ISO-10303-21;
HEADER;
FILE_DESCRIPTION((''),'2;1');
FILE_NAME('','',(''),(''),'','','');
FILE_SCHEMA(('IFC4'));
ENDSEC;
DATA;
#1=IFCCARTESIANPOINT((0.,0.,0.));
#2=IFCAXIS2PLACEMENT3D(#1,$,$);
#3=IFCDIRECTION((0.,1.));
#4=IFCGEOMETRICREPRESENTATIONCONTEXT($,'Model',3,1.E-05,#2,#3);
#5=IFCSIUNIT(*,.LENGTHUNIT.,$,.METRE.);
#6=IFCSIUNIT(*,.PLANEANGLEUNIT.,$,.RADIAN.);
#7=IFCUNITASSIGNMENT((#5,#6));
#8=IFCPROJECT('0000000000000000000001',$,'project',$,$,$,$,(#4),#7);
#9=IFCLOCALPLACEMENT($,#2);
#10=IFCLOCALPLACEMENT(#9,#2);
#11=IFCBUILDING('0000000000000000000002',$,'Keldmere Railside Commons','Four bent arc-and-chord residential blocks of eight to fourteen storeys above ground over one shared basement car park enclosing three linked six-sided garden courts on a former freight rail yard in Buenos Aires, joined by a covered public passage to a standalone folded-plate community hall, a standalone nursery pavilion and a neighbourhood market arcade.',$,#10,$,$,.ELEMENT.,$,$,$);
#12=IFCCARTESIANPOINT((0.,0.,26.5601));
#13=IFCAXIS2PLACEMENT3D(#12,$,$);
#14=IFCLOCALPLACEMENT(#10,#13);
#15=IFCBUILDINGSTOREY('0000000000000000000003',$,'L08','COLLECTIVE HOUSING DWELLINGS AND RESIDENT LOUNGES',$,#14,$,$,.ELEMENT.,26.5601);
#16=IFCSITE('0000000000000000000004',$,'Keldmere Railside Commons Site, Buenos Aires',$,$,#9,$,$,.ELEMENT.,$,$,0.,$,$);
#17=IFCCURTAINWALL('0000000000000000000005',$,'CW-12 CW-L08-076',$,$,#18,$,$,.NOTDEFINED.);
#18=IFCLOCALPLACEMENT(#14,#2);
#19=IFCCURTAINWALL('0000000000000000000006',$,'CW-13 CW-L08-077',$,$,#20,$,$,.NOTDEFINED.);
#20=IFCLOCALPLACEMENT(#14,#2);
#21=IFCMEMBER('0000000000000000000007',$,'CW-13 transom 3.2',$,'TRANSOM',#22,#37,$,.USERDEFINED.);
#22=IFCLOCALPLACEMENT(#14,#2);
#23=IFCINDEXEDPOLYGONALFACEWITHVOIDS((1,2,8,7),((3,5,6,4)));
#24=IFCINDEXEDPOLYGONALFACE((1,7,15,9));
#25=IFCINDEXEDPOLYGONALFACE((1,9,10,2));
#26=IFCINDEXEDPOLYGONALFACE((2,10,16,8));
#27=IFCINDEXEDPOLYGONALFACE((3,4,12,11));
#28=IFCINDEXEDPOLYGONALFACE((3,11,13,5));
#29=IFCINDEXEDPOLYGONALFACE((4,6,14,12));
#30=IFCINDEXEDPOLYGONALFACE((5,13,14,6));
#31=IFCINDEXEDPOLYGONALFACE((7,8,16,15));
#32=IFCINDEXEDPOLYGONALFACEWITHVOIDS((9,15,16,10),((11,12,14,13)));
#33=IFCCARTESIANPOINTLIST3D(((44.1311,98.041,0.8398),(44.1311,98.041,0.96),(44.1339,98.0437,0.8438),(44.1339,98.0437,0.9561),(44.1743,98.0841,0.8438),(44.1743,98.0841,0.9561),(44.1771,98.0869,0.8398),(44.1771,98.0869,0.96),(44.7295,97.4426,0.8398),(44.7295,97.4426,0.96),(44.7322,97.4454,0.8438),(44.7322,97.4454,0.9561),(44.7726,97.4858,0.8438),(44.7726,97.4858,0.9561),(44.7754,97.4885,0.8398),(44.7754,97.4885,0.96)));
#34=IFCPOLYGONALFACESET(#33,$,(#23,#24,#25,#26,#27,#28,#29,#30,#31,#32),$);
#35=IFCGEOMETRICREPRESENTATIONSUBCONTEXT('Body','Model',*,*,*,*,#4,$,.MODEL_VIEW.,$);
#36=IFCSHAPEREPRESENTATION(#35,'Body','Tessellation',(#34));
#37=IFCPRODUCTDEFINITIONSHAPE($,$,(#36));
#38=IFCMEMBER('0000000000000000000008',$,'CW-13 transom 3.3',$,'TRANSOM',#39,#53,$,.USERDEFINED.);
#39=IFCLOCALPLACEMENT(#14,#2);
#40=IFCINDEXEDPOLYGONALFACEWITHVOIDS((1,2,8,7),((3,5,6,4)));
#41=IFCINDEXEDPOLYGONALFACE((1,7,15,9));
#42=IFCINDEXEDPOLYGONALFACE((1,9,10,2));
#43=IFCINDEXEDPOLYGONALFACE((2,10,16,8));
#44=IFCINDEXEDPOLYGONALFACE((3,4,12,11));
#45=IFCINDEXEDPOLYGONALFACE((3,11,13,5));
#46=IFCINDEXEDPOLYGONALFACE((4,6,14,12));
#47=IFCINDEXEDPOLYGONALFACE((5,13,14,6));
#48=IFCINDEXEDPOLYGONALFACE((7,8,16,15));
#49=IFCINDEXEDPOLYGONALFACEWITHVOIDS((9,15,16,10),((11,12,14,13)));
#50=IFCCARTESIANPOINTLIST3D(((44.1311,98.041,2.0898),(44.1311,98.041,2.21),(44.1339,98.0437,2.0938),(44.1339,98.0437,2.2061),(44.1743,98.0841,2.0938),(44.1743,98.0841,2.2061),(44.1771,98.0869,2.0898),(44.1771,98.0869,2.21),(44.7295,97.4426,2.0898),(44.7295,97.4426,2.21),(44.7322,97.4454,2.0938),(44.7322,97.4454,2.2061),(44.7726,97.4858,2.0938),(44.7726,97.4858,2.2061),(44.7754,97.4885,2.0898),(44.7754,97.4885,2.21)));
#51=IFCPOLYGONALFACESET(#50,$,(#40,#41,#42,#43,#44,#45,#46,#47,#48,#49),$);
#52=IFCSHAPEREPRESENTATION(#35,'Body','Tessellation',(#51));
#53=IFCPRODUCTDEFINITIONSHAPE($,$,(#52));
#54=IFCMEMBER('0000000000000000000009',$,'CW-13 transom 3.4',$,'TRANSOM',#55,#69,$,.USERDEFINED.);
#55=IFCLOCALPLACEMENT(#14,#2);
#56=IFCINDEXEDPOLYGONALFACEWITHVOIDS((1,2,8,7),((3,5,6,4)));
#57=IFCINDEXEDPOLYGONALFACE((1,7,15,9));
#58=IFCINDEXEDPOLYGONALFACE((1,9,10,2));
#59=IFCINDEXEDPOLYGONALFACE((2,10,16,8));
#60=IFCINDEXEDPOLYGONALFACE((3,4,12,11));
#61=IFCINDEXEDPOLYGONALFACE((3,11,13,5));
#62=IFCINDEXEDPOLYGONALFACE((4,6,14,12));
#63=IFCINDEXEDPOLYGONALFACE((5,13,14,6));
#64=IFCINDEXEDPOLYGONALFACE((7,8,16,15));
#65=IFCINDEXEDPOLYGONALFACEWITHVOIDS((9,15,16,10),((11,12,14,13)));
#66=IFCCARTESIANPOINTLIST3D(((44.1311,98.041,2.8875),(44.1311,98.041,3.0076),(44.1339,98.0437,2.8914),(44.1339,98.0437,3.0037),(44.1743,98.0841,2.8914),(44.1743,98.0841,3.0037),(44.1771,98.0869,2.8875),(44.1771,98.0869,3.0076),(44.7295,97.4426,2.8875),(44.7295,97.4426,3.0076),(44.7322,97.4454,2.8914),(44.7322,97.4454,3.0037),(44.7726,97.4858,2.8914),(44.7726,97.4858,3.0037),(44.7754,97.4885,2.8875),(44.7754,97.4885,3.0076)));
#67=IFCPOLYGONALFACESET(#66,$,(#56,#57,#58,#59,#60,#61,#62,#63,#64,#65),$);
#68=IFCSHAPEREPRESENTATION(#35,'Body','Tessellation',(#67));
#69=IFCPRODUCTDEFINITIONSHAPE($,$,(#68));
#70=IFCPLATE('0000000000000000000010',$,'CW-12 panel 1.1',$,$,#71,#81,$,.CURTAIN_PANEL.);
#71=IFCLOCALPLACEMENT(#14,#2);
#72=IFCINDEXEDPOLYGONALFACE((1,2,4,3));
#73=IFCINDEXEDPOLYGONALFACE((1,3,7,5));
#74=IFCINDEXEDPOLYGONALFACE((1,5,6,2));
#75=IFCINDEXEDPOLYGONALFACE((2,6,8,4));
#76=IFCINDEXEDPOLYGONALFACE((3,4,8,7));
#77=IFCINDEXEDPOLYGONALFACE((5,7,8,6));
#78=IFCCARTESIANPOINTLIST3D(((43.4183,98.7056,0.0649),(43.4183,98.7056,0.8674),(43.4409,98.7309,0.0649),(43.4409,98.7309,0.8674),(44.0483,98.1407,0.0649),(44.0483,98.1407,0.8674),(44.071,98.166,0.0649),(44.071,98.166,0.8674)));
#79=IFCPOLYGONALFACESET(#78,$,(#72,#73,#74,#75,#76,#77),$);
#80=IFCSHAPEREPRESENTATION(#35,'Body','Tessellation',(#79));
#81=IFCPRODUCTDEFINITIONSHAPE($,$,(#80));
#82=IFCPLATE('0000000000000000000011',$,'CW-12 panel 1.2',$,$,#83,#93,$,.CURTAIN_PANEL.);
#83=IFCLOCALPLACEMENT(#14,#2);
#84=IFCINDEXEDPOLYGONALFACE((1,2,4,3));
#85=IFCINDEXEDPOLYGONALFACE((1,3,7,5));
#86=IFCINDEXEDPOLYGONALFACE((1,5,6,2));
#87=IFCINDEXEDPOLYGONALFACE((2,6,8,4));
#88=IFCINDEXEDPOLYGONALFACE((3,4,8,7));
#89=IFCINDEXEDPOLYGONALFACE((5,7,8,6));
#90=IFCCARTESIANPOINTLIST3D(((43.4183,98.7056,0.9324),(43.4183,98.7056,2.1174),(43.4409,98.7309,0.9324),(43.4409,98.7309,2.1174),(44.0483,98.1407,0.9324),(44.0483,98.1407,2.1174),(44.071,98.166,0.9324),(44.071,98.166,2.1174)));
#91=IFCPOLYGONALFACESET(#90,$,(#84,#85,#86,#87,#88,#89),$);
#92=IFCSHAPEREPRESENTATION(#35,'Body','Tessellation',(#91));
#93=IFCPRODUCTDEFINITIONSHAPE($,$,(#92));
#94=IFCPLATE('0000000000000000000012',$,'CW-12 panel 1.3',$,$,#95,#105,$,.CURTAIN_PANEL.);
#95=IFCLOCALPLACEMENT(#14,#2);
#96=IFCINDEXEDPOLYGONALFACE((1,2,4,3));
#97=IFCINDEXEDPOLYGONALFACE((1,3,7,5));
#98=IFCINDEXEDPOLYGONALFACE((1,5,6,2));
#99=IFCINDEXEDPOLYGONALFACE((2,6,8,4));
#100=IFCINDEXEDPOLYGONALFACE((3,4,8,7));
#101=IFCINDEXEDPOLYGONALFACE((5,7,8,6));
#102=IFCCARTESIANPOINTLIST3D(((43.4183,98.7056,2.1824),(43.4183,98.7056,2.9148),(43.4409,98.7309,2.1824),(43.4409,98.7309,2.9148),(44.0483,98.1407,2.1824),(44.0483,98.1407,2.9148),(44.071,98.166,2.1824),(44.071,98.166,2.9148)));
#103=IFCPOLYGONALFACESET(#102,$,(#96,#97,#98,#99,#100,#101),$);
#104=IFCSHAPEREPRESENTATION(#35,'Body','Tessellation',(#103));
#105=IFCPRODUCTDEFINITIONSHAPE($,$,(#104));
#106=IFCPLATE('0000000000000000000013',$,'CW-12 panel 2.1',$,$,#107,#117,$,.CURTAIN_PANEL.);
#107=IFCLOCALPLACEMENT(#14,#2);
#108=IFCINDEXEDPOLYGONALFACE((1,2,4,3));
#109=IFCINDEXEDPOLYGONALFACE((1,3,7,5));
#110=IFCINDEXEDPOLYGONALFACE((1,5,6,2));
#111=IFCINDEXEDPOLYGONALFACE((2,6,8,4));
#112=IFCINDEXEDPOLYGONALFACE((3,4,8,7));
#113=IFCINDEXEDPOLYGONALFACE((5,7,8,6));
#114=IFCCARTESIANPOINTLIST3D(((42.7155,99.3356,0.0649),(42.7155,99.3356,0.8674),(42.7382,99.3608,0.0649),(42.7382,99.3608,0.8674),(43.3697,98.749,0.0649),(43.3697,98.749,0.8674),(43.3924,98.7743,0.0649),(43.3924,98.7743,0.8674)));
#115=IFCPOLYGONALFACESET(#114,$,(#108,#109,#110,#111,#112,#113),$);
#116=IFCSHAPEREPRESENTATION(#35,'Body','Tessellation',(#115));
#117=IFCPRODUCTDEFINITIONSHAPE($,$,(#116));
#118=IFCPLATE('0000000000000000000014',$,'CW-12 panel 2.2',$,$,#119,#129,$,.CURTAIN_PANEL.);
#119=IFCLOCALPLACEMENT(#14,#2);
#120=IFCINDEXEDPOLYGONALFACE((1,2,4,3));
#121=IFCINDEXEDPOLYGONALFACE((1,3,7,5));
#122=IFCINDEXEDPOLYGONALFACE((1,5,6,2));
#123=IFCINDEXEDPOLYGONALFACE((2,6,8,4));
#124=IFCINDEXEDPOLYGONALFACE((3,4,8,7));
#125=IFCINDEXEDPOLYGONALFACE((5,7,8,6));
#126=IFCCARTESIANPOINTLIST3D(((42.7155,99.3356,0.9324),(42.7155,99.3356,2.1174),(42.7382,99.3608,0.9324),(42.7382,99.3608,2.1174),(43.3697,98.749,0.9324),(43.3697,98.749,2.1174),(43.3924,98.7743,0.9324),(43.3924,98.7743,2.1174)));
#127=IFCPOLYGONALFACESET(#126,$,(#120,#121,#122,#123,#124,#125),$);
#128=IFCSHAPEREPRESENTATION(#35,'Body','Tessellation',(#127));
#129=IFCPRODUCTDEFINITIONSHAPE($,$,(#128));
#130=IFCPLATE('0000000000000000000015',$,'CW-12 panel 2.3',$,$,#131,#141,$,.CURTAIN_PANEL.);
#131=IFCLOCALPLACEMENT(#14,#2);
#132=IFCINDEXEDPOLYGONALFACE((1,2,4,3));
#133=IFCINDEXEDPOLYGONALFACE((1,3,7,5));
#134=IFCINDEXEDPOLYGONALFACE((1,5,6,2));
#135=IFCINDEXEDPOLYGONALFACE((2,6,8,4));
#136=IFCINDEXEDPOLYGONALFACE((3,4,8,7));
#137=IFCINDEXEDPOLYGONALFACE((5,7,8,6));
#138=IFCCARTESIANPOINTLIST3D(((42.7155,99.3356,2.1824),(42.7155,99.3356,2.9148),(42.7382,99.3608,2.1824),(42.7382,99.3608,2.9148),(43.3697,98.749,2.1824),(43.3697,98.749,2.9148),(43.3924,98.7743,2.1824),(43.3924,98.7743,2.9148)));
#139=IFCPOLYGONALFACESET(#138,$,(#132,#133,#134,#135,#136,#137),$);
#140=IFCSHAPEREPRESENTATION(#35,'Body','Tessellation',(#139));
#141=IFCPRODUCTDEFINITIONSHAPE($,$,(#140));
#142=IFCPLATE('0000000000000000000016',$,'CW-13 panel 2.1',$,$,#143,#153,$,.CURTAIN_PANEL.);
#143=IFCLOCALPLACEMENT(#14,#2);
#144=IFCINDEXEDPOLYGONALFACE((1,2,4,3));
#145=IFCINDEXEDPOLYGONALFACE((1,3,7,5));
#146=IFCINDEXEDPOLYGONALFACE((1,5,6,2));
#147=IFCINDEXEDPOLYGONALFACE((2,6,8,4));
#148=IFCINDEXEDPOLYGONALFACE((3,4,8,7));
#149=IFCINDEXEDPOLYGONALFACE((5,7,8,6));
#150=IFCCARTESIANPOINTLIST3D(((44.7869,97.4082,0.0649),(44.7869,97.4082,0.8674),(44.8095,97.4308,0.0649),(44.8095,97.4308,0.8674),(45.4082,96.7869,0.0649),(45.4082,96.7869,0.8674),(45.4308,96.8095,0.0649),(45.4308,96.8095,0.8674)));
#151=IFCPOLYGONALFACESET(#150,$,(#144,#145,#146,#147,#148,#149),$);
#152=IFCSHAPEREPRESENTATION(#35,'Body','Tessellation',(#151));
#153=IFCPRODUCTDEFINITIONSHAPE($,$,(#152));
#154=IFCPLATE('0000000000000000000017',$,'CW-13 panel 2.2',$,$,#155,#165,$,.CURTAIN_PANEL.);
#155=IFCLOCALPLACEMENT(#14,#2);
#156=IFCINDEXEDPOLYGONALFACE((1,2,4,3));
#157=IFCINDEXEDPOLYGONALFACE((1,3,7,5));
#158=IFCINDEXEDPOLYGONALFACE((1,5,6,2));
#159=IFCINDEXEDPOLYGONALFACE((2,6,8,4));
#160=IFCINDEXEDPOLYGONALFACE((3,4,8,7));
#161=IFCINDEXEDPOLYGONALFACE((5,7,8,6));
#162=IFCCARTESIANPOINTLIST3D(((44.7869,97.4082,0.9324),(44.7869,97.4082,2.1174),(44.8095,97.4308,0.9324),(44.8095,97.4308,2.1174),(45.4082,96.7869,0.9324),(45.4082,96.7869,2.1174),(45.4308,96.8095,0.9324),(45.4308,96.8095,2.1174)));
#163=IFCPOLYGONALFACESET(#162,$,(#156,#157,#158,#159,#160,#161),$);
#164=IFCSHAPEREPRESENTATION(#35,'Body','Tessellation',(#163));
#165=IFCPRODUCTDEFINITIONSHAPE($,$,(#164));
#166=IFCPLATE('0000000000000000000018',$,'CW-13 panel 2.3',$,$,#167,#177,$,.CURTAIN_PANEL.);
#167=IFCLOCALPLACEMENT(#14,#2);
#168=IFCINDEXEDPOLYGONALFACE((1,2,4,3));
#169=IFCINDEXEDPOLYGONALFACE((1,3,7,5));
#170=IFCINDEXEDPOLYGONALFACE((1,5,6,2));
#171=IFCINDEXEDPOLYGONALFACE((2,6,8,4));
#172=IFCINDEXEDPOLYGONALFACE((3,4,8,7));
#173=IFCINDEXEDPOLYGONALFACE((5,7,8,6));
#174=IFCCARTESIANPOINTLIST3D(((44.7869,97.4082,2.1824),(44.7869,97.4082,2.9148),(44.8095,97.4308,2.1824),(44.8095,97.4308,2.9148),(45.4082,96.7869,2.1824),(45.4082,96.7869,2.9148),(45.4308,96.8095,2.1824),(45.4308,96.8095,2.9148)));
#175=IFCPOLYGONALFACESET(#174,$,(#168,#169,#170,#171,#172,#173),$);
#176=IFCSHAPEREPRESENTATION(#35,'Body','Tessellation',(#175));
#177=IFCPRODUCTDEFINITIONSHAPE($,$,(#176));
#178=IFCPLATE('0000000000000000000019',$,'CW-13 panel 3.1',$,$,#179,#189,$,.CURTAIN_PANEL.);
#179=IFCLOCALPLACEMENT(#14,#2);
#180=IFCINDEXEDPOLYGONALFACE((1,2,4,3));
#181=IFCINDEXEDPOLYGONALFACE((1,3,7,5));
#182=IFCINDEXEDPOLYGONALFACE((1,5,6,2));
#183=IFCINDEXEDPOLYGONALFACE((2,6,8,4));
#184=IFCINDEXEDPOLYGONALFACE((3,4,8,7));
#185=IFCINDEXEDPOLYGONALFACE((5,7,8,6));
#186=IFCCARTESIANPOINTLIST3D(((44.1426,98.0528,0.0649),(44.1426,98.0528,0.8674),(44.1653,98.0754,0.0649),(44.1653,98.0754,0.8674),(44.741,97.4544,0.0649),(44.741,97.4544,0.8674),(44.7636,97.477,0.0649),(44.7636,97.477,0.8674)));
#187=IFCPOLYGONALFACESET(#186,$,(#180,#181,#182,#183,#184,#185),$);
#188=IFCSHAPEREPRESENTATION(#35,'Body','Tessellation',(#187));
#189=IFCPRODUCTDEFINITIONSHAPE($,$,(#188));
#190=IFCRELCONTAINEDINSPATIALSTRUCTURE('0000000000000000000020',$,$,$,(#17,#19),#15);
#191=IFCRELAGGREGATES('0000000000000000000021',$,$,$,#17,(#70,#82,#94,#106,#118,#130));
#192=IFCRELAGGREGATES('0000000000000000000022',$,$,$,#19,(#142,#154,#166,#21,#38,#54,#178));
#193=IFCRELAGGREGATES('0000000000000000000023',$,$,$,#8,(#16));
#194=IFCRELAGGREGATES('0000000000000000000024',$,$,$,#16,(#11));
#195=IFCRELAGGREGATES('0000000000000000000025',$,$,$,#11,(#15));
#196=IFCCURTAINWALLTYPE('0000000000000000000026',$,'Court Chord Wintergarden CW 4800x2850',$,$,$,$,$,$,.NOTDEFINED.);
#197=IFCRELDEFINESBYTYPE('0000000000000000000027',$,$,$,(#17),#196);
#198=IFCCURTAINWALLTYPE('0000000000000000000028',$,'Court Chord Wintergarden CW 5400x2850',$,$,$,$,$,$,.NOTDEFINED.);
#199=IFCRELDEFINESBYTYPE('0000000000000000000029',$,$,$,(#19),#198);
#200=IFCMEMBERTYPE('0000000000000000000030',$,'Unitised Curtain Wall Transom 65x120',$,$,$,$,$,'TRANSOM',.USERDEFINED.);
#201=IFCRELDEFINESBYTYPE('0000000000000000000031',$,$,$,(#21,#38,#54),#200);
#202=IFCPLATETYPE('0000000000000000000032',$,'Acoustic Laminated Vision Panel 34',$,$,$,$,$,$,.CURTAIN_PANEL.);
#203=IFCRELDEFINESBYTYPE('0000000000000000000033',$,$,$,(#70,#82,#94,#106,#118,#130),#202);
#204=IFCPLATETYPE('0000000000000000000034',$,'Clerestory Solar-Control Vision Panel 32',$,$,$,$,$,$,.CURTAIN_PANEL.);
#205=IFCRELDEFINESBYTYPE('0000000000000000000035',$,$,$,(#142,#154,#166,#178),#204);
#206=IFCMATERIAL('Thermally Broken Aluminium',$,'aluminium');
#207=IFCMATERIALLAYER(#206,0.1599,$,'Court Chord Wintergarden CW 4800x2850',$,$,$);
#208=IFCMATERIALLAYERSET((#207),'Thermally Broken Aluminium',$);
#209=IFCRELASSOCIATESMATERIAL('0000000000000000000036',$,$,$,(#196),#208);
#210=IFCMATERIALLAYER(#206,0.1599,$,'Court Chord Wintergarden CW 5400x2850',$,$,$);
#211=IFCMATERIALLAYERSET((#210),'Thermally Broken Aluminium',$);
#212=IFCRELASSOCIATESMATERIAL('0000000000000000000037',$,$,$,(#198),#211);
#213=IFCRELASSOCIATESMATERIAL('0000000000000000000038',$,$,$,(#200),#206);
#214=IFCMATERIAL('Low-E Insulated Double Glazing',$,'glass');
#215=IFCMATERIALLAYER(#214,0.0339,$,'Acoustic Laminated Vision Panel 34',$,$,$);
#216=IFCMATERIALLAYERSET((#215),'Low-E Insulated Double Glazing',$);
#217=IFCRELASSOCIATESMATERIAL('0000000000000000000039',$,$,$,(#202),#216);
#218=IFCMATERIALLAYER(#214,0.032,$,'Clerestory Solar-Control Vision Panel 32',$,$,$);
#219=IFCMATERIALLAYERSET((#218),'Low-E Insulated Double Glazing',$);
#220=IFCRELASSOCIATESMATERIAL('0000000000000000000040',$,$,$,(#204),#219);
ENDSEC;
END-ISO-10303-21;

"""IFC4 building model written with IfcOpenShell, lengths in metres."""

from ifc_helpers import new_model, si_unit, direction, frame, origin, origin_2d, place, context, subcontext, project, spatial, rectangle, hollow_rectangle, extrude, material, layer, layer_set, material_profile, profile_set, type_object, element, aggregate, save


model = new_model("IFC4")

# Units and contexts
model_context = context("Model", 3, precision=1e-05, world=origin(), true_north=direction((0.0, 1.0)))
body_context = subcontext(model_context, "Body", "Model", "MODEL_VIEW")
ifc_project = project(units=[si_unit("LENGTHUNIT", "METRE"), si_unit("PLANEANGLEUNIT", "RADIAN")], contexts=[model_context])

# Site, building, storey
site_placement = place(None, origin())
site = spatial("IfcSite", under=ifc_project, at=site_placement, Name="Keldmere Railside Commons Site, Buenos Aires", CompositionType="ELEMENT", RefElevation=0.0)
building_placement = place(site_placement, origin())
building = spatial("IfcBuilding", under=site, at=building_placement, Name="Keldmere Railside Commons", Description="Four bent arc-and-chord residential blocks of eight to fourteen storeys above ground over one shared basement car park enclosing three linked six-sided garden courts on a former freight rail yard in Buenos Aires, joined by a covered public passage to a standalone folded-plate community hall, a standalone nursery pavilion and a neighbourhood market arcade.", CompositionType="ELEMENT")
storey_placement = place(building_placement, frame((0.0, 0.0, 26.5601)))
storey = spatial("IfcBuildingStorey", under=building, at=storey_placement, Name="L08", Description="COLLECTIVE HOUSING DWELLINGS AND RESIDENT LOUNGES", CompositionType="ELEMENT", Elevation=26.5601)

# Curtain walls
ifc_material_1 = material(Name="Thermally Broken Aluminium", Category="aluminium")
ifc_layer_1 = layer(ifc_material_1, 0.1599, Name="Court Chord Wintergarden CW 4800x2850")
ifc_layer_set_1 = layer_set([ifc_layer_1], Name="Thermally Broken Aluminium")
curtain_wall_type_1 = type_object("IfcCurtainWallType", Name="Court Chord Wintergarden CW 4800x2850", PredefinedType="NOTDEFINED", material=ifc_layer_set_1)
curtain_wall_1_placement = place(storey_placement, origin())
curtain_wall_1 = element("IfcCurtainWall", 1, at=curtain_wall_1_placement, inside=storey, type_object=curtain_wall_type_1, Name="CW-12 CW-L08-076", PredefinedType="NOTDEFINED")
ifc_layer_2 = layer(ifc_material_1, 0.1599, Name="Court Chord Wintergarden CW 5400x2850")
ifc_layer_set_2 = layer_set([ifc_layer_2], Name="Thermally Broken Aluminium")
curtain_wall_type_2 = type_object("IfcCurtainWallType", Name="Court Chord Wintergarden CW 5400x2850", PredefinedType="NOTDEFINED", material=ifc_layer_set_2)
curtain_wall_2_placement = place(storey_placement, origin())
curtain_wall_2 = element("IfcCurtainWall", 2, at=curtain_wall_2_placement, inside=storey, type_object=curtain_wall_type_2, Name="CW-13 CW-L08-077", PredefinedType="NOTDEFINED")

# Members
ifc_material_profile_1 = material_profile(ifc_material_1, hollow_rectangle(XDim=0.0649, YDim=0.1201, WallThickness=0.0039, at=origin_2d()), Name="ALU-TRAN-65x120")
ifc_profile_set_1 = profile_set([ifc_material_profile_1], Name="Thermally Broken Aluminium")
member_type_1 = type_object("IfcMemberType", Name="Unitised Curtain Wall Transom 65x120", ElementType="TRANSOM", PredefinedType="USERDEFINED", material=ifc_profile_set_1)
member_1_placement = place(storey_placement, frame((44.7524, 97.4656, 0.8999), z_axis=(-0.707107, 0.707107, 0.0), x_axis=(-0.707107, -0.707107, 0.0)))
member_1 = element("IfcMember", 3, at=member_1_placement, type_object=member_type_1, Name="CW-13 transom 3.2", ObjectType="TRANSOM", PredefinedType="USERDEFINED", context=body_context, shape_type="SweptSolid", body=[
    extrude(hollow_rectangle(XDim=0.0649, YDim=0.1201, WallThickness=0.0039, at=origin_2d()), origin(), (0.0, 0.0, 1.0), 0.8462),
])
member_2_placement = place(storey_placement, frame((44.7524, 97.4656, 2.1499), z_axis=(-0.707107, 0.707107, 0.0), x_axis=(-0.707107, -0.707107, 0.0)))
member_2 = element("IfcMember", 4, at=member_2_placement, type_object=member_type_1, Name="CW-13 transom 3.3", ObjectType="TRANSOM", PredefinedType="USERDEFINED", context=body_context, shape_type="SweptSolid", body=[
    extrude(hollow_rectangle(XDim=0.0649, YDim=0.1201, WallThickness=0.0039, at=origin_2d()), origin(), (0.0, 0.0, 1.0), 0.8462),
])
member_3_placement = place(storey_placement, frame((44.7524, 97.4656, 2.9475), z_axis=(-0.707107, 0.707107, 0.0), x_axis=(-0.707107, -0.707107, 0.0)))
member_3 = element("IfcMember", 5, at=member_3_placement, type_object=member_type_1, Name="CW-13 transom 3.4", ObjectType="TRANSOM", PredefinedType="USERDEFINED", context=body_context, shape_type="SweptSolid", body=[
    extrude(hollow_rectangle(XDim=0.0649, YDim=0.1201, WallThickness=0.0039, at=origin_2d()), origin(), (0.0, 0.0, 1.0), 0.8462),
])

# Plates
ifc_material_2 = material(Name="Low-E Insulated Double Glazing", Category="glass")
ifc_layer_3 = layer(ifc_material_2, 0.0339, Name="Acoustic Laminated Vision Panel 34")
ifc_layer_set_3 = layer_set([ifc_layer_3], Name="Low-E Insulated Double Glazing")
plate_type_1 = type_object("IfcPlateType", Name="Acoustic Laminated Vision Panel 34", PredefinedType="CURTAIN_PANEL", material=ifc_layer_set_3)
plate_1_placement = place(storey_placement, frame((43.7446, 98.4358, 0.0649), z_axis=(0.0, 0.0, 1.0), x_axis=(-0.744557, 0.667559, 0.0)))
plate_1 = element("IfcPlate", 6, at=plate_1_placement, type_object=plate_type_1, Name="CW-12 panel 1.1", PredefinedType="CURTAIN_PANEL", context=body_context, shape_type="SweptSolid", body=[
    extrude(rectangle(XDim=0.8462, YDim=0.0339, at=origin_2d()), origin(), (0.0, 0.0, 1.0), 0.8025),
])
plate_2_placement = place(storey_placement, frame((43.7446, 98.4358, 0.9324), z_axis=(0.0, 0.0, 1.0), x_axis=(-0.744557, 0.667559, 0.0)))
plate_2 = element("IfcPlate", 7, at=plate_2_placement, type_object=plate_type_1, Name="CW-12 panel 1.2", PredefinedType="CURTAIN_PANEL", context=body_context, shape_type="SweptSolid", body=[
    extrude(rectangle(XDim=0.8462, YDim=0.0339, at=origin_2d()), origin(), (0.0, 0.0, 1.0), 1.1851),
])
plate_3_placement = place(storey_placement, frame((43.7446, 98.4358, 2.1824), z_axis=(0.0, 0.0, 1.0), x_axis=(-0.744557, 0.667559, 0.0)))
plate_3 = element("IfcPlate", 8, at=plate_3_placement, type_object=plate_type_1, Name="CW-12 panel 1.3", PredefinedType="CURTAIN_PANEL", context=body_context, shape_type="SweptSolid", body=[
    extrude(rectangle(XDim=0.8462, YDim=0.0339, at=origin_2d()), origin(), (0.0, 0.0, 1.0), 0.7324),
])
plate_4_placement = place(storey_placement, frame((43.054, 99.0549, 0.0649), z_axis=(0.0, 0.0, 1.0), x_axis=(-0.744557, 0.667559, 0.0)))
plate_4 = element("IfcPlate", 9, at=plate_4_placement, type_object=plate_type_1, Name="CW-12 panel 2.1", PredefinedType="CURTAIN_PANEL", context=body_context, shape_type="SweptSolid", body=[
    extrude(rectangle(XDim=0.8787, YDim=0.0339, at=origin_2d()), origin(), (0.0, 0.0, 1.0), 0.8025),
])
plate_5_placement = place(storey_placement, frame((43.054, 99.0549, 0.9324), z_axis=(0.0, 0.0, 1.0), x_axis=(-0.744557, 0.667559, 0.0)))
plate_5 = element("IfcPlate", 10, at=plate_5_placement, type_object=plate_type_1, Name="CW-12 panel 2.2", PredefinedType="CURTAIN_PANEL", context=body_context, shape_type="SweptSolid", body=[
    extrude(rectangle(XDim=0.8787, YDim=0.0339, at=origin_2d()), origin(), (0.0, 0.0, 1.0), 1.1851),
])
plate_6_placement = place(storey_placement, frame((43.054, 99.0549, 2.1824), z_axis=(0.0, 0.0, 1.0), x_axis=(-0.744557, 0.667559, 0.0)))
plate_6 = element("IfcPlate", 11, at=plate_6_placement, type_object=plate_type_1, Name="CW-12 panel 2.3", PredefinedType="CURTAIN_PANEL", context=body_context, shape_type="SweptSolid", body=[
    extrude(rectangle(XDim=0.8787, YDim=0.0339, at=origin_2d()), origin(), (0.0, 0.0, 1.0), 0.7324),
])
aggregate(curtain_wall_1, [plate_1, plate_2, plate_3, plate_4, plate_5, plate_6])
ifc_layer_4 = layer(ifc_material_2, 0.032, Name="Clerestory Solar-Control Vision Panel 32")
ifc_layer_set_4 = layer_set([ifc_layer_4], Name="Low-E Insulated Double Glazing")
plate_type_2 = type_object("IfcPlateType", Name="Clerestory Solar-Control Vision Panel 32", PredefinedType="CURTAIN_PANEL", material=ifc_layer_set_4)
plate_7_placement = place(storey_placement, frame((45.1089, 97.1089, 0.0649), z_axis=(0.0, 0.0, 1.0), x_axis=(-0.707107, 0.707107, 0.0)))
plate_7 = element("IfcPlate", 12, at=plate_7_placement, type_object=plate_type_2, Name="CW-13 panel 2.1", PredefinedType="CURTAIN_PANEL", context=body_context, shape_type="SweptSolid", body=[
    extrude(rectangle(XDim=0.8787, YDim=0.032, at=origin_2d()), origin(), (0.0, 0.0, 1.0), 0.8025),
])
plate_8_placement = place(storey_placement, frame((45.1089, 97.1089, 0.9324), z_axis=(0.0, 0.0, 1.0), x_axis=(-0.707107, 0.707107, 0.0)))
plate_8 = element("IfcPlate", 13, at=plate_8_placement, type_object=plate_type_2, Name="CW-13 panel 2.2", PredefinedType="CURTAIN_PANEL", context=body_context, shape_type="SweptSolid", body=[
    extrude(rectangle(XDim=0.8787, YDim=0.032, at=origin_2d()), origin(), (0.0, 0.0, 1.0), 1.1851),
])
plate_9_placement = place(storey_placement, frame((45.1089, 97.1089, 2.1824), z_axis=(0.0, 0.0, 1.0), x_axis=(-0.707107, 0.707107, 0.0)))
plate_9 = element("IfcPlate", 14, at=plate_9_placement, type_object=plate_type_2, Name="CW-13 panel 2.3", PredefinedType="CURTAIN_PANEL", context=body_context, shape_type="SweptSolid", body=[
    extrude(rectangle(XDim=0.8787, YDim=0.032, at=origin_2d()), origin(), (0.0, 0.0, 1.0), 0.7324),
])
plate_10_placement = place(storey_placement, frame((44.4531, 97.7649, 0.0649), z_axis=(0.0, 0.0, 1.0), x_axis=(-0.707107, 0.707107, 0.0)))
plate_10 = element("IfcPlate", 15, at=plate_10_placement, type_object=plate_type_2, Name="CW-13 panel 3.1", PredefinedType="CURTAIN_PANEL", context=body_context, shape_type="SweptSolid", body=[
    extrude(rectangle(XDim=0.8462, YDim=0.032, at=origin_2d()), origin(), (0.0, 0.0, 1.0), 0.8025),
])
aggregate(curtain_wall_2, [plate_7, plate_8, plate_9, member_1, member_2, member_3, plate_10])

save(model, "model.ifc")
